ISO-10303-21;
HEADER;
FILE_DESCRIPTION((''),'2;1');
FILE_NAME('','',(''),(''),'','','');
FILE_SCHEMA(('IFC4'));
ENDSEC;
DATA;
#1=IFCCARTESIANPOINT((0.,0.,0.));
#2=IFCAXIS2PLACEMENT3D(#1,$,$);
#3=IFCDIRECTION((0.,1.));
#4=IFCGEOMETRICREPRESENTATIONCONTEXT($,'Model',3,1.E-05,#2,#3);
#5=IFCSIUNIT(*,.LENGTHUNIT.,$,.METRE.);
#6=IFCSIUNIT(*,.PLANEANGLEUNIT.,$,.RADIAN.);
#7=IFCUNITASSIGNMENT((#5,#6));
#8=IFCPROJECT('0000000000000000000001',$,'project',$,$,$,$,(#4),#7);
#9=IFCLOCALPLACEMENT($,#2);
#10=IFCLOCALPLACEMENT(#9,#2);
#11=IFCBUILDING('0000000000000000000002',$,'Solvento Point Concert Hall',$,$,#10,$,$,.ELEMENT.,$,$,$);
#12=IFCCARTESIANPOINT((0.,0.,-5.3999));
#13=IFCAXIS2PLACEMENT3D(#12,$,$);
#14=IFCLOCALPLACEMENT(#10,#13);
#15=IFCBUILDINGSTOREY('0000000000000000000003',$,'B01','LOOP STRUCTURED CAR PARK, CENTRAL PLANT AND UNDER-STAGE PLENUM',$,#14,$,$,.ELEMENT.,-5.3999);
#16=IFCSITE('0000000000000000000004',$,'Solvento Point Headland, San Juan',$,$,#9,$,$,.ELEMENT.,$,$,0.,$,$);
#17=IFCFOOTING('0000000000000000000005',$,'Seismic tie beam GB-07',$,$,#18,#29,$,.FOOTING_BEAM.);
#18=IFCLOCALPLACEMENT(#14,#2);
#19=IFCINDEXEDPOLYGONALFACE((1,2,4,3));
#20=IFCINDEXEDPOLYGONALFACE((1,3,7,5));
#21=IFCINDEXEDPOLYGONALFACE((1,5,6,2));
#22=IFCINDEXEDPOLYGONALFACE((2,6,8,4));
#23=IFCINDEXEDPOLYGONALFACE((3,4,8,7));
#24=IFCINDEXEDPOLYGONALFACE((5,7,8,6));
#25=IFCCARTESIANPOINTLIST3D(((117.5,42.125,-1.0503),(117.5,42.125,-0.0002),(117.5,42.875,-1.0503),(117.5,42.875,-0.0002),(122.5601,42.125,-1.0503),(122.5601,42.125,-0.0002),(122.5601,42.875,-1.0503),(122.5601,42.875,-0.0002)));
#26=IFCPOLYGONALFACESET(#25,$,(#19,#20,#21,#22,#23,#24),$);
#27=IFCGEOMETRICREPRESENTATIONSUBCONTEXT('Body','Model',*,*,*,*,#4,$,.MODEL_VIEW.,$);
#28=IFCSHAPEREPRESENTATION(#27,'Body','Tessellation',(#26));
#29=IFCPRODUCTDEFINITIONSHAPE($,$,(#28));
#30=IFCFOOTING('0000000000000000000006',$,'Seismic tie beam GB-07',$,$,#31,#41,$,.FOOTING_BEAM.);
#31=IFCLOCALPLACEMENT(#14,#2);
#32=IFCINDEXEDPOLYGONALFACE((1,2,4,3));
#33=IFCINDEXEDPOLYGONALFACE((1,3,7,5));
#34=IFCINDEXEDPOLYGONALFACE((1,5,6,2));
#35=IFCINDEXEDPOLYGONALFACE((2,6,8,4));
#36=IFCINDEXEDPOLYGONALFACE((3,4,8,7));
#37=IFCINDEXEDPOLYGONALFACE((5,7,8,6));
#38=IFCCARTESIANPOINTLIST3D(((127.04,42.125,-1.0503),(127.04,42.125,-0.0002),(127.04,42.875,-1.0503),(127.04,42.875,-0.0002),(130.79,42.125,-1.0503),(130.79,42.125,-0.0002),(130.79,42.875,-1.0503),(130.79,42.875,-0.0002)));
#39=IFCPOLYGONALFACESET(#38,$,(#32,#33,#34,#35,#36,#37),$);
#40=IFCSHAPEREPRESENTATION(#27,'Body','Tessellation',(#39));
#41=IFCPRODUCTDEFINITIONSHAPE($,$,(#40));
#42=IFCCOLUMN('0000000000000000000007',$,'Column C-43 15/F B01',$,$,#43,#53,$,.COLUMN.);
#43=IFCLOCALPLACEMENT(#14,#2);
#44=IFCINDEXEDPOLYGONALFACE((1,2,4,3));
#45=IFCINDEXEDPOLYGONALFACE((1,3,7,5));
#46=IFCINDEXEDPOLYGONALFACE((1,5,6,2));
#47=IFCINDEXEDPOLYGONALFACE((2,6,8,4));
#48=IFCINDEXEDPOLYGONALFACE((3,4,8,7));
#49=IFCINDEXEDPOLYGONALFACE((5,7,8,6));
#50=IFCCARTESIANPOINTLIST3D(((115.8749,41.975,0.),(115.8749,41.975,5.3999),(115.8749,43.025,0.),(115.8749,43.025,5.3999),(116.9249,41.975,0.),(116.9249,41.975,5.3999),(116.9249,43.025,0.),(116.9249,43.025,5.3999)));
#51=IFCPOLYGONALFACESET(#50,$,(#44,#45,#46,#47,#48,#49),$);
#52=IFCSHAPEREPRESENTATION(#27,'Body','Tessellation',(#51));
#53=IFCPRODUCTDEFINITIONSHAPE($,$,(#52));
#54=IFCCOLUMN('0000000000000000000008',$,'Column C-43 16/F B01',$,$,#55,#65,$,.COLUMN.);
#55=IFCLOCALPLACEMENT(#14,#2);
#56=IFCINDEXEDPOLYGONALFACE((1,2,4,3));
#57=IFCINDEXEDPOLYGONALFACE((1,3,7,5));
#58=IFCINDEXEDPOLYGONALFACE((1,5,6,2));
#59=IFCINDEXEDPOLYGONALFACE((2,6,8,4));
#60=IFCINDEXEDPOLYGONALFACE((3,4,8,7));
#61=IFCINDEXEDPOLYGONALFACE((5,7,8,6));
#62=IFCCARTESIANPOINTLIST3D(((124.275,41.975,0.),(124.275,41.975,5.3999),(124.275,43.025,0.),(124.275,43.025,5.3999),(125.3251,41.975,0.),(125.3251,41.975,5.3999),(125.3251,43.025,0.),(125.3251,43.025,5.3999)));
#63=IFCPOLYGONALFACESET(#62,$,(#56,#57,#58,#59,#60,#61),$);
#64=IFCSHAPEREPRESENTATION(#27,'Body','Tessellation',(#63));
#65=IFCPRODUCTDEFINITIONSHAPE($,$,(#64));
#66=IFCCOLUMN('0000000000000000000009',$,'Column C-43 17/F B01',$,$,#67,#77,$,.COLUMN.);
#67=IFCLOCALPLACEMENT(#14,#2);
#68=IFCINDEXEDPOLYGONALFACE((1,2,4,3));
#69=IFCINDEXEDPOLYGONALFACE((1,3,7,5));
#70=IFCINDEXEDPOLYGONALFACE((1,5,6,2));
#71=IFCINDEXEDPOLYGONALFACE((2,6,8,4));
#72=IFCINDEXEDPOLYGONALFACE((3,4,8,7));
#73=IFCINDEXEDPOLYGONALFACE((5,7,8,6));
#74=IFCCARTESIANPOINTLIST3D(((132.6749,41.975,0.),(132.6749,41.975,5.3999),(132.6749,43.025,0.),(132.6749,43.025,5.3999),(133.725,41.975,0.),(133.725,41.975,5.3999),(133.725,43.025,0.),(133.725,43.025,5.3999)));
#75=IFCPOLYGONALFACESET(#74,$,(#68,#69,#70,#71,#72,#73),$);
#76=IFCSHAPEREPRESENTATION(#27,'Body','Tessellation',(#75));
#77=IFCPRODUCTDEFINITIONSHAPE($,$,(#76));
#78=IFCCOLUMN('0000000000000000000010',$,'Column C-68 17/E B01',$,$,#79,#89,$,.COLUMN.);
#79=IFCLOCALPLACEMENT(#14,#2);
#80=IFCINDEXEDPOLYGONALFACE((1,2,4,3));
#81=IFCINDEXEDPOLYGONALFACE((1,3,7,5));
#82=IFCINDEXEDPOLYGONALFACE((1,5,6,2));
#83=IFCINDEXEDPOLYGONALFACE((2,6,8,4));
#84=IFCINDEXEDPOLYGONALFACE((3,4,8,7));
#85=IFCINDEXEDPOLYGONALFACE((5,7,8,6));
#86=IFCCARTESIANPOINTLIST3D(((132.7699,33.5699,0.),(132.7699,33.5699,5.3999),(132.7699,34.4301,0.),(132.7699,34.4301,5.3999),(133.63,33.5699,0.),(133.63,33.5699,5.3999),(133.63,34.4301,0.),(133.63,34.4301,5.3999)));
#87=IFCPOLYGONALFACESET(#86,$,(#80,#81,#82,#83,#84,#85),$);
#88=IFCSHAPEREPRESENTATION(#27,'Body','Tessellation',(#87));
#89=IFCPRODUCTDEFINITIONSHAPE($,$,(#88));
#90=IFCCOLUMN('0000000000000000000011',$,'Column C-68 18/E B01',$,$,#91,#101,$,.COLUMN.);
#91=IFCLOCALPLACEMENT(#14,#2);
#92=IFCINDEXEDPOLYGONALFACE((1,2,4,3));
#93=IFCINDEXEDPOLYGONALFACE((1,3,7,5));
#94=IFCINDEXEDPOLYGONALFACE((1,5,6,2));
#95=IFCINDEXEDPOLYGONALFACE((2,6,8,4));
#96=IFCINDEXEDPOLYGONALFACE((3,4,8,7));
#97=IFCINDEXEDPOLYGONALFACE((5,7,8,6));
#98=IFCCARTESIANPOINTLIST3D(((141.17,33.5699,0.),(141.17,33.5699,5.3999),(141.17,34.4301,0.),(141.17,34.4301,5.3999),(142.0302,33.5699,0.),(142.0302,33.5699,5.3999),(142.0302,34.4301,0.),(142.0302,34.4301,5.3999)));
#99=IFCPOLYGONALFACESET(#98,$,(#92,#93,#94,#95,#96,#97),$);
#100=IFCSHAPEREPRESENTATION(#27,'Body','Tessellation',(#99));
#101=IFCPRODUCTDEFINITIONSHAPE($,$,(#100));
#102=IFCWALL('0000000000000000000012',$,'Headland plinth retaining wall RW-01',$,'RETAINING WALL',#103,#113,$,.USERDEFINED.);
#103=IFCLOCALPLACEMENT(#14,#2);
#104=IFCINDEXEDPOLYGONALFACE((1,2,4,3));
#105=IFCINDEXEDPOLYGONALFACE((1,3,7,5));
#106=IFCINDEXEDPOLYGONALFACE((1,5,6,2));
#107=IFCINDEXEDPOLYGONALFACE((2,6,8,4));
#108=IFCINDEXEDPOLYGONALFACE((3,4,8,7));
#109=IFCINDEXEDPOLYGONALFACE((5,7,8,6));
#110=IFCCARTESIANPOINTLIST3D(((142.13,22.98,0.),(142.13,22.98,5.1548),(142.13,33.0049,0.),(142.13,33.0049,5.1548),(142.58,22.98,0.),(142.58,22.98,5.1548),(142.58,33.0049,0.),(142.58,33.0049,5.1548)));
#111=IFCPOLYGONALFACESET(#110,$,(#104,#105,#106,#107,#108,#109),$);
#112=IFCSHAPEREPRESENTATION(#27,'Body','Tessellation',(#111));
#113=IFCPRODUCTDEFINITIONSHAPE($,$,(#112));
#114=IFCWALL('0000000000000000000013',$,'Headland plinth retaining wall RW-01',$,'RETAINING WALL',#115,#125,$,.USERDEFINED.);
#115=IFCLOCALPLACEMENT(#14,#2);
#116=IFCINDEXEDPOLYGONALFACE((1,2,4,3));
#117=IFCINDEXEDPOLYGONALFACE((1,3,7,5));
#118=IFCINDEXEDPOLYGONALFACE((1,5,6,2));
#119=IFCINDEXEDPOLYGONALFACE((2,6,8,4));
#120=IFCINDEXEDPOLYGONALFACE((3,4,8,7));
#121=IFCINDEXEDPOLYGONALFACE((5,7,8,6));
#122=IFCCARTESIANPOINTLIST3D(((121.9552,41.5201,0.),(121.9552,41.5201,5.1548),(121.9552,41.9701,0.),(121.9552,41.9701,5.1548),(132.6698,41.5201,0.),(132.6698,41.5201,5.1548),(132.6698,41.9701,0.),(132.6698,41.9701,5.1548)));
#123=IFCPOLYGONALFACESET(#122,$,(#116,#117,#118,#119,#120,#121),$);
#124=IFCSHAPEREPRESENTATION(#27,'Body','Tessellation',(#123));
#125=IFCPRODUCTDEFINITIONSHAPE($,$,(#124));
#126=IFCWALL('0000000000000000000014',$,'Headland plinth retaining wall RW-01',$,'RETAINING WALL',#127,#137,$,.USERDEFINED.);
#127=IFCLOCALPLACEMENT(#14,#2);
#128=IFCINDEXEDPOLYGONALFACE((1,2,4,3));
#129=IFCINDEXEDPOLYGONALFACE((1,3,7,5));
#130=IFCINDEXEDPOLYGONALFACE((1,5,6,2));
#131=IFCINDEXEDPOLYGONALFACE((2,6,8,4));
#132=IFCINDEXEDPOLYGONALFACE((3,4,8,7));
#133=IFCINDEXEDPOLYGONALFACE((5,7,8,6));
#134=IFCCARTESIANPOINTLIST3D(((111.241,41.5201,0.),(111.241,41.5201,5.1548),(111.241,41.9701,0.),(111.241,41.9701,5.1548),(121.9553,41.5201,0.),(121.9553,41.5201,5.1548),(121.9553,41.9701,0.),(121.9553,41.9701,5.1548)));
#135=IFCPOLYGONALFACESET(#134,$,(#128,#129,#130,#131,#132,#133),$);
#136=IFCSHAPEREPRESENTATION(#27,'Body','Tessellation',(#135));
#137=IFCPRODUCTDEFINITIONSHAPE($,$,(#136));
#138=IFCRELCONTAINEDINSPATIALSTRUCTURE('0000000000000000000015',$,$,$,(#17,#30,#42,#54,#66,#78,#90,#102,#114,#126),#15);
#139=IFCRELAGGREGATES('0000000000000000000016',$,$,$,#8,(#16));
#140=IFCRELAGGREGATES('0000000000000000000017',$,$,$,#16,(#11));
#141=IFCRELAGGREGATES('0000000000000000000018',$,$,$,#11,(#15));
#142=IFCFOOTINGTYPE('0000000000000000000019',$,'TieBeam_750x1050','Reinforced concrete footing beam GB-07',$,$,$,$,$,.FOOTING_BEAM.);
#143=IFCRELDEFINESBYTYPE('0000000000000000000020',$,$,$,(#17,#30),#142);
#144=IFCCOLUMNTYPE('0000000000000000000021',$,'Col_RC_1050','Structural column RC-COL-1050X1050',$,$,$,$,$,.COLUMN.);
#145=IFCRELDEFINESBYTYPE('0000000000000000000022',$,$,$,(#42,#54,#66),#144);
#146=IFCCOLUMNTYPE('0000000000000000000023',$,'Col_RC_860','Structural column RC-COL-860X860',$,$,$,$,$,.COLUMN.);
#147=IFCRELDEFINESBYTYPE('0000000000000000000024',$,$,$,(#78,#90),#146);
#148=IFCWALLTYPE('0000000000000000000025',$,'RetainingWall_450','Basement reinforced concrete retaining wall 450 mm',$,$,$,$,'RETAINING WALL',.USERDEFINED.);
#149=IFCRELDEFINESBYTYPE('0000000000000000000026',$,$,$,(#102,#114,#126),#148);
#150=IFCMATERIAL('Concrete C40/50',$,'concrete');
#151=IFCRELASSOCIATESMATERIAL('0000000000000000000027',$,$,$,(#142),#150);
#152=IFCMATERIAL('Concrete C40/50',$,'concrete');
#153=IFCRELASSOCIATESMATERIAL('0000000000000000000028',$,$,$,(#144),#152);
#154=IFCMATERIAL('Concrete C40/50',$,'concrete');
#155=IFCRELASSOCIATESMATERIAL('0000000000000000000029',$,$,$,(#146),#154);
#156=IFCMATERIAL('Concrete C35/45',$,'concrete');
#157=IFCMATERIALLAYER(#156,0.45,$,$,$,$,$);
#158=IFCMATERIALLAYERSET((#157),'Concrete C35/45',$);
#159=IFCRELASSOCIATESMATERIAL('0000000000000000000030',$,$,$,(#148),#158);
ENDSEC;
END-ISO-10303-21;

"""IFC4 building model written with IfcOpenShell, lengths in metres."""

from ifc_helpers import new_model, si_unit, direction, frame, frame_2d, origin, origin_2d, place, context, subcontext, project, spatial, rectangle, extrude, material, layer, layer_set, material_profile, profile_set, type_object, element, save


model = new_model("IFC4")

# Units and contexts
model_context = context("Model", 3, precision=1e-05, world=origin(), true_north=direction((0.0, 1.0)))
body_context = subcontext(model_context, "Body", "Model", "MODEL_VIEW")
ifc_project = project(units=[si_unit("LENGTHUNIT", "METRE"), si_unit("PLANEANGLEUNIT", "RADIAN")], contexts=[model_context])

# Site, building, storey
site_placement = place(None, origin())
site = spatial("IfcSite", under=ifc_project, at=site_placement, Name="Solvento Point Headland, San Juan", CompositionType="ELEMENT", RefElevation=0.0)
building_placement = place(site_placement, origin())
building = spatial("IfcBuilding", under=site, at=building_placement, Name="Solvento Point Concert Hall", CompositionType="ELEMENT")
storey_placement = place(building_placement, frame((0.0, 0.0, -5.3999)))
storey = spatial("IfcBuildingStorey", under=building, at=storey_placement, Name="B01", Description="LOOP STRUCTURED CAR PARK, CENTRAL PLANT AND UNDER-STAGE PLENUM", CompositionType="ELEMENT", Elevation=-5.3999)

# Footings
ifc_material_1 = material(Name="Concrete C40/50", Category="concrete")
footing_type_1 = type_object("IfcFootingType", Name="TieBeam_750x1050", Description="Reinforced concrete footing beam GB-07", PredefinedType="FOOTING_BEAM", material=ifc_material_1)
footing_1_placement = place(storey_placement, frame((120.03, 42.5, -1.0503), z_axis=(0.0, 0.0, 1.0), x_axis=(1.0, 0.0, 0.0)))
element("IfcFooting", 1, at=footing_1_placement, inside=storey, type_object=footing_type_1, Name="Seismic tie beam GB-07", PredefinedType="FOOTING_BEAM", context=body_context, shape_type="SweptSolid", body=[
    extrude(rectangle(XDim=5.0601, YDim=0.75, at=origin_2d()), origin(), (0.0, 0.0, 1.0), 1.05),
])
footing_2_placement = place(storey_placement, frame((128.915, 42.5, -1.0503), z_axis=(0.0, 0.0, 1.0), x_axis=(1.0, 0.0, 0.0)))
element("IfcFooting", 2, at=footing_2_placement, inside=storey, type_object=footing_type_1, Name="Seismic tie beam GB-07", PredefinedType="FOOTING_BEAM", context=body_context, shape_type="SweptSolid", body=[
    extrude(rectangle(XDim=3.75, YDim=0.75, at=origin_2d()), origin(), (0.0, 0.0, 1.0), 1.05),
])

# Columns
ifc_material_2 = material(Name="Concrete C40/50", Category="concrete")
ifc_material_profile_1 = material_profile(ifc_material_2, rectangle(XDim=1.05, YDim=1.05, at=origin_2d()), Name="RC-COL-1050X1050")
ifc_profile_set_1 = profile_set([ifc_material_profile_1], Name="Concrete C40/50")
column_type_1 = type_object("IfcColumnType", Name="Col_RC_1050", Description="Structural column RC-COL-1050X1050", PredefinedType="COLUMN", material=ifc_profile_set_1)
for number, where, z_axis, x_axis, name in (
    (3, (116.3999, 42.5, 0.0), (0.0, 0.0, 1.0), (1.0, 0.0, 0.0), "Column C-43 15/F B01"),
    (4, (124.8, 42.5, 0.0), (0.0, 0.0, 1.0), (1.0, 0.0, 0.0), "Column C-43 16/F B01"),
    (5, (133.2, 42.5, 0.0), (0.0, 0.0, 1.0), (1.0, 0.0, 0.0), "Column C-43 17/F B01"),
):
    element("IfcColumn", number, at=place(storey_placement, frame(where, z_axis=z_axis, x_axis=x_axis)), inside=storey, type_object=column_type_1, Name=name, PredefinedType="COLUMN", context=body_context, shape_type="SweptSolid", body=[
        extrude(rectangle(XDim=1.05, YDim=1.05, at=origin_2d()), origin(), (0.0, 0.0, 1.0), 5.3999),
    ])
ifc_material_3 = material(Name="Concrete C40/50", Category="concrete")
ifc_material_profile_2 = material_profile(ifc_material_3, rectangle(XDim=0.8601, YDim=0.8601, at=origin_2d()), Name="RC-COL-860X860")
ifc_profile_set_2 = profile_set([ifc_material_profile_2], Name="Concrete C40/50")
column_type_2 = type_object("IfcColumnType", Name="Col_RC_860", Description="Structural column RC-COL-860X860", PredefinedType="COLUMN", material=ifc_profile_set_2)
for number, where, z_axis, x_axis, name in (
    (6, (133.2, 34.0, 0.0), (0.0, 0.0, 1.0), (1.0, 0.0, 0.0), "Column C-68 17/E B01"),
    (7, (141.6001, 34.0, 0.0), (0.0, 0.0, 1.0), (1.0, 0.0, 0.0), "Column C-68 18/E B01"),
):
    element("IfcColumn", number, at=place(storey_placement, frame(where, z_axis=z_axis, x_axis=x_axis)), inside=storey, type_object=column_type_2, Name=name, PredefinedType="COLUMN", context=body_context, shape_type="SweptSolid", body=[
        extrude(rectangle(XDim=0.8601, YDim=0.8601, at=origin_2d()), origin(), (0.0, 0.0, 1.0), 5.3999),
    ])

# Walls
ifc_material_4 = material(Name="Concrete C35/45", Category="concrete")
ifc_layer = layer(ifc_material_4, 0.45)
ifc_layer_set = layer_set([ifc_layer], Name="Concrete C35/45")
wall_type = type_object("IfcWallType", Name="RetainingWall_450", Description="Basement reinforced concrete retaining wall 450 mm", ElementType="RETAINING WALL", PredefinedType="USERDEFINED", material=ifc_layer_set)
wall_1_placement = place(storey_placement, frame((142.355, 33.0049, 0.0), z_axis=(0.0, 0.0, 1.0), x_axis=(0.0, -1.0, 0.0)))
element("IfcWall", 8, at=wall_1_placement, inside=storey, type_object=wall_type, Name="Headland plinth retaining wall RW-01", ObjectType="RETAINING WALL", PredefinedType="USERDEFINED", context=body_context, shape_type="SweptSolid", body=[
    extrude(rectangle(XDim=10.0249, YDim=0.45, at=frame_2d((5.0125, 0.0))), origin(), (0.0, 0.0, 1.0), 5.1548),
])
wall_2_placement = place(storey_placement, frame((132.6699, 41.7451, 0.0), z_axis=(0.0, 0.0, 1.0), x_axis=(-1.0, 0.0, 0.0)))
element("IfcWall", 9, at=wall_2_placement, inside=storey, type_object=wall_type, Name="Headland plinth retaining wall RW-01", ObjectType="RETAINING WALL", PredefinedType="USERDEFINED", context=body_context, shape_type="SweptSolid", body=[
    extrude(rectangle(XDim=10.7146, YDim=0.45, at=frame_2d((5.3574, 0.0))), origin(), (0.0, 0.0, 1.0), 5.1548),
])
wall_3_placement = place(storey_placement, frame((121.9553, 41.7451, 0.0), z_axis=(0.0, 0.0, 1.0), x_axis=(-1.0, 0.0, 0.0)))
element("IfcWall", 10, at=wall_3_placement, inside=storey, type_object=wall_type, Name="Headland plinth retaining wall RW-01", ObjectType="RETAINING WALL", PredefinedType="USERDEFINED", context=body_context, shape_type="SweptSolid", body=[
    extrude(rectangle(XDim=10.7144, YDim=0.45, at=frame_2d((5.3572, 0.0))), origin(), (0.0, 0.0, 1.0), 5.1548),
])

save(model, "model.ifc")
